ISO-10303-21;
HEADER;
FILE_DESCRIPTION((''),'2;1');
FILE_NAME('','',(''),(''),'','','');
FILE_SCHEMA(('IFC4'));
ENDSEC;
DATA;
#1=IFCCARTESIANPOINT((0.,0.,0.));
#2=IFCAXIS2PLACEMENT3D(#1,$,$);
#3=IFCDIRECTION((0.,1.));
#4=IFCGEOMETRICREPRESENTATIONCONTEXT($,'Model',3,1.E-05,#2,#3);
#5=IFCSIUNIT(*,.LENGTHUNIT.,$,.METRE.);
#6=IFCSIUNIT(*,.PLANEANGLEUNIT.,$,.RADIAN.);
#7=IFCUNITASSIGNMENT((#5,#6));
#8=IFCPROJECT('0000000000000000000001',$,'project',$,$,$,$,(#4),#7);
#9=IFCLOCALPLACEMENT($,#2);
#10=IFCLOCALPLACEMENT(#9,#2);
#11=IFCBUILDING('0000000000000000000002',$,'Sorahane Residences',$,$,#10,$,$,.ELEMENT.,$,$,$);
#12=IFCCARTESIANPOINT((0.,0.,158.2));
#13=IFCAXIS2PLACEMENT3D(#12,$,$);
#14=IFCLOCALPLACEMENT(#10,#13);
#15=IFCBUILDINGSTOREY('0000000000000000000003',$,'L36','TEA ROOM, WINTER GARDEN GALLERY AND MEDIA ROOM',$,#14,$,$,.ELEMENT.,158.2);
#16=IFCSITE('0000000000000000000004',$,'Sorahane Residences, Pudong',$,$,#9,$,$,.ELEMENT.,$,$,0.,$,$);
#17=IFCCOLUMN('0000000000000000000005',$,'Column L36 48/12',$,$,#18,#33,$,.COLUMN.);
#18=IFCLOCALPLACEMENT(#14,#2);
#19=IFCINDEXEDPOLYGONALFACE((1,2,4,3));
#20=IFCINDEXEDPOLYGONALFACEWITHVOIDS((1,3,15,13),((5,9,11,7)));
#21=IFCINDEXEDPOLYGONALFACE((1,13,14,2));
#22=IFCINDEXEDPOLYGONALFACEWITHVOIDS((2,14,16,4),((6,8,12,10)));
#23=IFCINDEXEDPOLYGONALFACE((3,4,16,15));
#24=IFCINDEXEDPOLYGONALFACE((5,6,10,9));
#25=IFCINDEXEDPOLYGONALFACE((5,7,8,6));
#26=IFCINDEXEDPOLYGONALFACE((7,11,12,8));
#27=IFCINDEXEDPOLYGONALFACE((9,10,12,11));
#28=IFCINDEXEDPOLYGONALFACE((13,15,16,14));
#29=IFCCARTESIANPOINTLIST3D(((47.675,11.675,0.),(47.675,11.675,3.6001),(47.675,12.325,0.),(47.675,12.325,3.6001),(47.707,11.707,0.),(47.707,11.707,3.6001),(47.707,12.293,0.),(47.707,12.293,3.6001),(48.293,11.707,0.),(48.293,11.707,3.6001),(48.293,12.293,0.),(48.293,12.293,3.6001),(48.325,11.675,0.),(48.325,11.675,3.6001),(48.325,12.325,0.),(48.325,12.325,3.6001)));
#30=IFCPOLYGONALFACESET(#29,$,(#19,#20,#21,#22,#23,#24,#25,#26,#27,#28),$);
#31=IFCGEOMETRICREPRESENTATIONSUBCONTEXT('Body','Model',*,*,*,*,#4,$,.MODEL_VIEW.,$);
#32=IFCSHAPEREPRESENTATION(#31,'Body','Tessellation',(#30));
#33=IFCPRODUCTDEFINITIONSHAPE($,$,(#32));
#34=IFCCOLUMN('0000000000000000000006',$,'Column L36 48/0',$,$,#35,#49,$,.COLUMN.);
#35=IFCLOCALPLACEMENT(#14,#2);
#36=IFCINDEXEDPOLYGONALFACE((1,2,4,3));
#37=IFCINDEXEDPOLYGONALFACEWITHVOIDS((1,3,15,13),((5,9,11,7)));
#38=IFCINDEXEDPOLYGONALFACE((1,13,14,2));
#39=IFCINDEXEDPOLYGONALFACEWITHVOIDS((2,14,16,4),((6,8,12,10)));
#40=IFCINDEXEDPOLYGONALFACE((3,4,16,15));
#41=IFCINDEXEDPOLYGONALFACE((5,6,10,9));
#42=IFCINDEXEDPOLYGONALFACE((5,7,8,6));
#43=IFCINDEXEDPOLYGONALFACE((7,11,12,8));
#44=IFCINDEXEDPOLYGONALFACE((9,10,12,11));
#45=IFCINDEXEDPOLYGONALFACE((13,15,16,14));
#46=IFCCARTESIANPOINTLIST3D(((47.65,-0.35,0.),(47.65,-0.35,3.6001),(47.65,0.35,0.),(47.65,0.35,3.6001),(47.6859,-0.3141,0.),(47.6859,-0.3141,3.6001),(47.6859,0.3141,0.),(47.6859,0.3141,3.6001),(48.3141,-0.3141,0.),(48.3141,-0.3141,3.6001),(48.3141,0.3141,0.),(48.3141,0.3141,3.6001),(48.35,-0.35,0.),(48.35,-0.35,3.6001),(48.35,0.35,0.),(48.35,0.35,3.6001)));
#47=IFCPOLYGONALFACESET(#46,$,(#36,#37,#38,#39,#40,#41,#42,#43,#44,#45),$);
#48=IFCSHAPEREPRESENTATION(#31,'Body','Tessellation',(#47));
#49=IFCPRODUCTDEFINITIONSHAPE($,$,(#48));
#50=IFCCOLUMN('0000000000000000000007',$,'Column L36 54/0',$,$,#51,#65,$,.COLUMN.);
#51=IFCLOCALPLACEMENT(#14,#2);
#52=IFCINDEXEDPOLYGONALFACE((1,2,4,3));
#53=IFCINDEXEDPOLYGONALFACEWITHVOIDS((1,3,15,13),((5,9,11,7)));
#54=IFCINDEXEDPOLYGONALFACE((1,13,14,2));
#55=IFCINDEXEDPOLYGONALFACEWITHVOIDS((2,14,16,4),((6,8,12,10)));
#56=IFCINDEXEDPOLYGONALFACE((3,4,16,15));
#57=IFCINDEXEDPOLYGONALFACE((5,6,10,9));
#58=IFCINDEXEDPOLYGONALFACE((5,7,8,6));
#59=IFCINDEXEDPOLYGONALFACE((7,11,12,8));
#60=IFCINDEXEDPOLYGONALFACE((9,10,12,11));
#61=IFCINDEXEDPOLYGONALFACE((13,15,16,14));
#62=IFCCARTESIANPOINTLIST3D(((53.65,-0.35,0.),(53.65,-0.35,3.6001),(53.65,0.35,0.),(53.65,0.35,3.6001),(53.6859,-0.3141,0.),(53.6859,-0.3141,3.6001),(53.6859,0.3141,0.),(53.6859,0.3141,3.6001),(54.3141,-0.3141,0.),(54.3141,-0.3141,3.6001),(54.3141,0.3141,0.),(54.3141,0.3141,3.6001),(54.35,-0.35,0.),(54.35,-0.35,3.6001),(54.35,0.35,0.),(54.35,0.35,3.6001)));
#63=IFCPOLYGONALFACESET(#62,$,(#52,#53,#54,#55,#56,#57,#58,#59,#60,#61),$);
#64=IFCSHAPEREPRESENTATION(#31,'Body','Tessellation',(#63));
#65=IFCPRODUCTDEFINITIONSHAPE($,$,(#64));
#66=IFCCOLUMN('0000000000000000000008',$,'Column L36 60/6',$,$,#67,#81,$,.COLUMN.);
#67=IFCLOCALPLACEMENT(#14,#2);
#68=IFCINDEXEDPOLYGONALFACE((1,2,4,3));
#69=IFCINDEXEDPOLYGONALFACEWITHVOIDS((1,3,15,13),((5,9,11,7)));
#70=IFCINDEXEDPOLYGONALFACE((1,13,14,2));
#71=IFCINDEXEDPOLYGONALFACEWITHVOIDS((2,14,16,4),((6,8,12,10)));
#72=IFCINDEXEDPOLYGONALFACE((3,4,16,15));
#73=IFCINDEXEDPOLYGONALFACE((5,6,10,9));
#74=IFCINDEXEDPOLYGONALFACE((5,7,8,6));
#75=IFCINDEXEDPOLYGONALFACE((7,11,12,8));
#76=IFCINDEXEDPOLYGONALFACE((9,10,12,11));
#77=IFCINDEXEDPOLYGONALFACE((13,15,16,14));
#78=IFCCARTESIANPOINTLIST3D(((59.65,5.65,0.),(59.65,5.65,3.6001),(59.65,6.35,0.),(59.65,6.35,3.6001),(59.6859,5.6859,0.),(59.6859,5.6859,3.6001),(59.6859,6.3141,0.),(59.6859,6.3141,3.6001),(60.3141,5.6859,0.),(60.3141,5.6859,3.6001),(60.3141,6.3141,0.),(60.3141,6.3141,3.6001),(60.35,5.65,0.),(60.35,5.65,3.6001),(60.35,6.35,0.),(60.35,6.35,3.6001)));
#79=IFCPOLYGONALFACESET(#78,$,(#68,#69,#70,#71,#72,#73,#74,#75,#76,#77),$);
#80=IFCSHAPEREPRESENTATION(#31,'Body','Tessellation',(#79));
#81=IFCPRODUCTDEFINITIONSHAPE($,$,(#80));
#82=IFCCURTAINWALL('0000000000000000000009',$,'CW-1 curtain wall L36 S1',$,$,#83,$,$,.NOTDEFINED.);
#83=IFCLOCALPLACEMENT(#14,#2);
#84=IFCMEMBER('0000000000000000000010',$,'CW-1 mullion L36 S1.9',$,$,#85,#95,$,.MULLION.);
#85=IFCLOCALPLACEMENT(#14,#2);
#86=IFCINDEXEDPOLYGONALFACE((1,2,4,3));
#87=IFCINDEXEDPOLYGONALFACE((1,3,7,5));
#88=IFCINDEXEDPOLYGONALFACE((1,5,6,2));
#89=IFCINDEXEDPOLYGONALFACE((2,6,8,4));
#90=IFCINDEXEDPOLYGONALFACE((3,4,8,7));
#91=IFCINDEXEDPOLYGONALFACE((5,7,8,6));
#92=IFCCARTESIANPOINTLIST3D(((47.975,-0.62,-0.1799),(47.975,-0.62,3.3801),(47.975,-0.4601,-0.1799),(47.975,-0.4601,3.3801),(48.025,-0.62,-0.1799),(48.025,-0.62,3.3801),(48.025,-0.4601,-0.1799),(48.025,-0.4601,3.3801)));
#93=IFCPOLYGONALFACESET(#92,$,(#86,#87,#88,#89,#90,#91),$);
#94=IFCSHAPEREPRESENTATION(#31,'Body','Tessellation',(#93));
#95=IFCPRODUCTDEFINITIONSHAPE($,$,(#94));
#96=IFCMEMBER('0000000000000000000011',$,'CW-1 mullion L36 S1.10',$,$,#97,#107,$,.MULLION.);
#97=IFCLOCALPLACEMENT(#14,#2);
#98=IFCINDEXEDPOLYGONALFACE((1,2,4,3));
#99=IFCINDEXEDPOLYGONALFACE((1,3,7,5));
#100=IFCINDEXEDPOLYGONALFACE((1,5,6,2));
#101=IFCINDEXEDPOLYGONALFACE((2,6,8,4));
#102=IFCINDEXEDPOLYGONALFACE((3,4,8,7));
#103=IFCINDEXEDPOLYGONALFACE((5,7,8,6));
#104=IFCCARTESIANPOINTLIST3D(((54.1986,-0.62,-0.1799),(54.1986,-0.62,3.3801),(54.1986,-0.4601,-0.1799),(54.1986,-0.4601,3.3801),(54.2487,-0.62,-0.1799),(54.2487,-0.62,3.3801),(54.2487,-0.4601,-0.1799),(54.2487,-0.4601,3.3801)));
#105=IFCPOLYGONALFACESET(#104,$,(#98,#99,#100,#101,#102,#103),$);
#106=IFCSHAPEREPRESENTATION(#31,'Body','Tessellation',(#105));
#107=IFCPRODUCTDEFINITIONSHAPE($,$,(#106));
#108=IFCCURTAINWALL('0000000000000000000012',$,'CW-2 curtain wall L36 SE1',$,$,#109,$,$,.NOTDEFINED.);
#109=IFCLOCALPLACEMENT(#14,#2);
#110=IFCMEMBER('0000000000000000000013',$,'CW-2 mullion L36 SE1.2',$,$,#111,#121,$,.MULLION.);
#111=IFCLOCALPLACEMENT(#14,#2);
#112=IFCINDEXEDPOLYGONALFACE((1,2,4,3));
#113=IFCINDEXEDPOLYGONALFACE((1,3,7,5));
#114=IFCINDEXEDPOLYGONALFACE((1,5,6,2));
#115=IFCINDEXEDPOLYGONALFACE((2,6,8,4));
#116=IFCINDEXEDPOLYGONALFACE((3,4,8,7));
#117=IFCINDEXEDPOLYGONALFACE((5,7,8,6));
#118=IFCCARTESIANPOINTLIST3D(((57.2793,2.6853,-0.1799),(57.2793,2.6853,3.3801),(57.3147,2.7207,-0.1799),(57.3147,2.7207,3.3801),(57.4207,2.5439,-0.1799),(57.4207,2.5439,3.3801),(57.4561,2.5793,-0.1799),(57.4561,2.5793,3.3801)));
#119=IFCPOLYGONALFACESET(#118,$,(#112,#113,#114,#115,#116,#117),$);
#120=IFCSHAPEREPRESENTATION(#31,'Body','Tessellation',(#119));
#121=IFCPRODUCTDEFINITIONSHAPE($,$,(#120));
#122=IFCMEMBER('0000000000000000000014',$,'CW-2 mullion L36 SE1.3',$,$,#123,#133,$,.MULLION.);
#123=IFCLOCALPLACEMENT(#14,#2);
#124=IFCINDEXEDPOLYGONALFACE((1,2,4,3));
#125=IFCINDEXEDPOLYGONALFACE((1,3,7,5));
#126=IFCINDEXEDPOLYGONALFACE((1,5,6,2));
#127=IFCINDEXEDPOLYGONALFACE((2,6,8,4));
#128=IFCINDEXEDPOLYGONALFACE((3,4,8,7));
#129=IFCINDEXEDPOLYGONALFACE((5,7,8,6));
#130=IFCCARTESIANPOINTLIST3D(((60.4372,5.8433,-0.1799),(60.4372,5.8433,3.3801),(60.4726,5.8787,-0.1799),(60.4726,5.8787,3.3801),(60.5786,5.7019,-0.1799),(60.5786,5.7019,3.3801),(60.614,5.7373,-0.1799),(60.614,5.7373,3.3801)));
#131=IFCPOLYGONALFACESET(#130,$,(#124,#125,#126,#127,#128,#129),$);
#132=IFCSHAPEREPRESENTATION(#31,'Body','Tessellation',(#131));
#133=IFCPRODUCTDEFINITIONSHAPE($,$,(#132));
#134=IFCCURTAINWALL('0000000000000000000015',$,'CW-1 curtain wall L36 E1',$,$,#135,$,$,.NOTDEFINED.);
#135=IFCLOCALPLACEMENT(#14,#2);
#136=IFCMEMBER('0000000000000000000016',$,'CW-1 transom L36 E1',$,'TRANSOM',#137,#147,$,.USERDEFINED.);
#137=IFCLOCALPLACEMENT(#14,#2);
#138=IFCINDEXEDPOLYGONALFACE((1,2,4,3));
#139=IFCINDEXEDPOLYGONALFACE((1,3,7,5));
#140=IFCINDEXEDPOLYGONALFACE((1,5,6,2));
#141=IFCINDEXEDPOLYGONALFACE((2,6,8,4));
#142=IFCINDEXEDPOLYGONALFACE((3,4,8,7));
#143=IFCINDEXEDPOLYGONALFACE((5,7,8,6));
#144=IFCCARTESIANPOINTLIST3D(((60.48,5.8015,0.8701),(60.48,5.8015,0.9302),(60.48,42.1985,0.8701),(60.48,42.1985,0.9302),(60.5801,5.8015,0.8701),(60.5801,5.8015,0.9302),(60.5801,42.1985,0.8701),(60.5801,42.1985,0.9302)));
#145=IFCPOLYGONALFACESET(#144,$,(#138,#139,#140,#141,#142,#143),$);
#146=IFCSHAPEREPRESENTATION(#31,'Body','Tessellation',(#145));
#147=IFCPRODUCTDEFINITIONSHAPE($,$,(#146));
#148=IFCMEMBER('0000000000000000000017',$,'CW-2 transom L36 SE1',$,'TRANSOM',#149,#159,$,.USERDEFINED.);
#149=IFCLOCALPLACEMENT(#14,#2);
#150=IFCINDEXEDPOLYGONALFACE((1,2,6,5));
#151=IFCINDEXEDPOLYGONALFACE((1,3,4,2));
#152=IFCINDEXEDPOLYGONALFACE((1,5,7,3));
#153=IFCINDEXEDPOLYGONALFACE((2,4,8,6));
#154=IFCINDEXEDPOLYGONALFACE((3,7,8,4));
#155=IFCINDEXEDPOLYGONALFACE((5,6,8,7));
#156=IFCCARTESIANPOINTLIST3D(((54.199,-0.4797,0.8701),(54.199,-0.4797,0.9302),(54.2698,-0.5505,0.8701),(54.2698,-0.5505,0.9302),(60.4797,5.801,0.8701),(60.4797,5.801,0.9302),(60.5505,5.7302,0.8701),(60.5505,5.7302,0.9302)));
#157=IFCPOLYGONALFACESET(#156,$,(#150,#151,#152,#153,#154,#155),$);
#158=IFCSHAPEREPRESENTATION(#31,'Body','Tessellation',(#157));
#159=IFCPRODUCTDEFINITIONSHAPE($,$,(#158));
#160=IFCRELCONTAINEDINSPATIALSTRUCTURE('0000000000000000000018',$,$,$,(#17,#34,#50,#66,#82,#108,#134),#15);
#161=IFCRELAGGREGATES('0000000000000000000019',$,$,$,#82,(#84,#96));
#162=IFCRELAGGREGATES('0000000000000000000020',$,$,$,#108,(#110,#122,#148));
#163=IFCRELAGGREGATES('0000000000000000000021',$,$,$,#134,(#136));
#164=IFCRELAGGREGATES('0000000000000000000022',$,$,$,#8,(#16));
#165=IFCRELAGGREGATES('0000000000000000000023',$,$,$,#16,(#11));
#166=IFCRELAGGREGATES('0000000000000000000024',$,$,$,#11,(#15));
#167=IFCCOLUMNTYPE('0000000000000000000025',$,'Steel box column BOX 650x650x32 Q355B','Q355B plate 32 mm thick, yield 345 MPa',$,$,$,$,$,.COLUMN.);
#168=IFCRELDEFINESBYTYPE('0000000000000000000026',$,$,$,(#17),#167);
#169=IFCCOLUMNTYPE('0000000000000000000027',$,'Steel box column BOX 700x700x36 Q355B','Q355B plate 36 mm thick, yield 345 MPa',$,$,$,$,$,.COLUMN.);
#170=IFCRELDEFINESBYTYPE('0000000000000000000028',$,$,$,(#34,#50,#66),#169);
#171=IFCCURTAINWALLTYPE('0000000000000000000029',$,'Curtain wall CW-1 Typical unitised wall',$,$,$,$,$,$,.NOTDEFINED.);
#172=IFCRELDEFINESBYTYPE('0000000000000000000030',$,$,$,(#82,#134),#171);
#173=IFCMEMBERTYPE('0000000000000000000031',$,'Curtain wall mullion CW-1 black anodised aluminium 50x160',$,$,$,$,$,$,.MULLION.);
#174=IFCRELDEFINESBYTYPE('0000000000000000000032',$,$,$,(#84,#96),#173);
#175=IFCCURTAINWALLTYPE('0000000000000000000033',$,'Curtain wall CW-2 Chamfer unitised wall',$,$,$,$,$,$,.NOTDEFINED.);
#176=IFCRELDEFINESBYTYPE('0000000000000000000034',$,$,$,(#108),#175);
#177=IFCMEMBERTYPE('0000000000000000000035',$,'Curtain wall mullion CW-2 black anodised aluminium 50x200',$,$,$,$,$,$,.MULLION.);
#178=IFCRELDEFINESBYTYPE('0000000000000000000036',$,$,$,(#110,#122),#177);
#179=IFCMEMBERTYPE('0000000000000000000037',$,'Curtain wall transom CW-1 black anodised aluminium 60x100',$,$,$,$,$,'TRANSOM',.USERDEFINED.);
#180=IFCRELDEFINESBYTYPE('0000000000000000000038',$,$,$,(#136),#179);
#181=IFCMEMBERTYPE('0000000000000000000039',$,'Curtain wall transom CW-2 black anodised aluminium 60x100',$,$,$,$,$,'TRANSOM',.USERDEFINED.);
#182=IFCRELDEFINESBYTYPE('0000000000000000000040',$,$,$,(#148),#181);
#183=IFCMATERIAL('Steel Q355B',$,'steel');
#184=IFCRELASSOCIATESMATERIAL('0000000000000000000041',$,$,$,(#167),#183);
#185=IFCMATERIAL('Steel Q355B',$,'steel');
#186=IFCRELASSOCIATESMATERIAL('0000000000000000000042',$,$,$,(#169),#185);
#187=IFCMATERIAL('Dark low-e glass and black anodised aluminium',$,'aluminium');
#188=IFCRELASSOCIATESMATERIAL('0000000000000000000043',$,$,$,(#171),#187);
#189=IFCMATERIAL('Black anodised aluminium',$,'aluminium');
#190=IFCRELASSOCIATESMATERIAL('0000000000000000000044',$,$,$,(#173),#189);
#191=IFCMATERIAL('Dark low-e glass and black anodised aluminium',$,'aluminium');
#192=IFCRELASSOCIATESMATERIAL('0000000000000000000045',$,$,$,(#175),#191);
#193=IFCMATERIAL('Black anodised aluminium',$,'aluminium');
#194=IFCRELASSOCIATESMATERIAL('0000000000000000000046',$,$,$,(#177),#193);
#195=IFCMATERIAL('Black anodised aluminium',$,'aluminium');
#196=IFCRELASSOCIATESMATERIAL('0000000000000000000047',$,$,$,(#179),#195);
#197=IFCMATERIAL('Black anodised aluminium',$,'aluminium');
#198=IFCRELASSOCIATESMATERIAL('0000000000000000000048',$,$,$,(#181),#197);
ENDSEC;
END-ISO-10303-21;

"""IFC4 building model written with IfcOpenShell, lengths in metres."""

from ifc_helpers import new_model, si_unit, direction, frame, origin, origin_2d, place, context, subcontext, project, spatial, rectangle, hollow_rectangle, extrude, material, material_profile, profile_set, type_object, element, aggregate, save


model = new_model("IFC4")

# Units and contexts
model_context = context("Model", 3, precision=1e-05, world=origin(), true_north=direction((0.0, 1.0)))
body_context = subcontext(model_context, "Body", "Model", "MODEL_VIEW")
ifc_project = project(units=[si_unit("LENGTHUNIT", "METRE"), si_unit("PLANEANGLEUNIT", "RADIAN")], contexts=[model_context])

# Site, building, storey
site_placement = place(None, origin())
site = spatial("IfcSite", under=ifc_project, at=site_placement, Name="Sorahane Residences, Pudong", CompositionType="ELEMENT", RefElevation=0.0)
building_placement = place(site_placement, origin())
building = spatial("IfcBuilding", under=site, at=building_placement, Name="Sorahane Residences", CompositionType="ELEMENT")
storey_placement = place(building_placement, frame((0.0, 0.0, 158.2)))
storey = spatial("IfcBuildingStorey", under=building, at=storey_placement, Name="L36", Description="TEA ROOM, WINTER GARDEN GALLERY AND MEDIA ROOM", CompositionType="ELEMENT", Elevation=158.2)

# Columns
ifc_material_1 = material(Name="Steel Q355B", Category="steel")
ifc_material_profile_1 = material_profile(ifc_material_1, hollow_rectangle(XDim=0.6499, YDim=0.6499, WallThickness=0.032, at=origin_2d()), Name="BOX 650x650x32")
ifc_profile_set_1 = profile_set([ifc_material_profile_1], Name="Steel Q355B")
column_type_1 = type_object("IfcColumnType", Name="Steel box column BOX 650x650x32 Q355B", Description="Q355B plate 32 mm thick, yield 345 MPa", PredefinedType="COLUMN", material=ifc_profile_set_1)
column_placement = place(storey_placement, frame((48.0, 12.0, 0.0), z_axis=(0.0, 0.0, 1.0), x_axis=(1.0, 0.0, 0.0)))
element("IfcColumn", 1, at=column_placement, inside=storey, type_object=column_type_1, Name="Column L36 48/12", PredefinedType="COLUMN", context=body_context, shape_type="SweptSolid", body=[
    extrude(hollow_rectangle(XDim=0.6499, YDim=0.6499, WallThickness=0.032, at=origin_2d()), origin(), (0.0, 0.0, 1.0), 3.6001),
])
ifc_material_2 = material(Name="Steel Q355B", Category="steel")
ifc_material_profile_2 = material_profile(ifc_material_2, hollow_rectangle(XDim=0.7, YDim=0.7, WallThickness=0.0359, at=origin_2d()), Name="BOX 700x700x36")
ifc_profile_set_2 = profile_set([ifc_material_profile_2], Name="Steel Q355B")
column_type_2 = type_object("IfcColumnType", Name="Steel box column BOX 700x700x36 Q355B", Description="Q355B plate 36 mm thick, yield 345 MPa", PredefinedType="COLUMN", material=ifc_profile_set_2)
for number, where, z_axis, x_axis, name in (
    (2, (48.0, 0.0, 0.0), (0.0, 0.0, 1.0), (1.0, 0.0, 0.0), "Column L36 48/0"),
    (3, (54.0, 0.0, 0.0), (0.0, 0.0, 1.0), (1.0, 0.0, 0.0), "Column L36 54/0"),
    (4, (60.0, 6.0, 0.0), (0.0, 0.0, 1.0), (1.0, 0.0, 0.0), "Column L36 60/6"),
):
    element("IfcColumn", number, at=place(storey_placement, frame(where, z_axis=z_axis, x_axis=x_axis)), inside=storey, type_object=column_type_2, Name=name, PredefinedType="COLUMN", context=body_context, shape_type="SweptSolid", body=[
        extrude(hollow_rectangle(XDim=0.7, YDim=0.7, WallThickness=0.0359, at=origin_2d()), origin(), (0.0, 0.0, 1.0), 3.6001),
    ])

# Curtain walls, members
ifc_material_3 = material(Name="Dark low-e glass and black anodised aluminium", Category="aluminium")
curtain_wall_type_1 = type_object("IfcCurtainWallType", Name="Curtain wall CW-1 Typical unitised wall", PredefinedType="NOTDEFINED", material=ifc_material_3)
curtain_wall_1_placement = place(storey_placement, origin())
curtain_wall_1 = element("IfcCurtainWall", 5, at=curtain_wall_1_placement, inside=storey, type_object=curtain_wall_type_1, Name="CW-1 curtain wall L36 S1", PredefinedType="NOTDEFINED")
ifc_material_4 = material(Name="Black anodised aluminium", Category="aluminium")
ifc_material_profile_3 = material_profile(ifc_material_4, rectangle(XDim=0.1599, YDim=0.05, at=origin_2d()), Name="Curtain wall mullion CW-1 black anodised aluminium 50x160")
ifc_profile_set_3 = profile_set([ifc_material_profile_3], Name="Black anodised aluminium")
member_type_1 = type_object("IfcMemberType", Name="Curtain wall mullion CW-1 black anodised aluminium 50x160", PredefinedType="MULLION", material=ifc_profile_set_3)
member_1_placement = place(storey_placement, frame((48.0, -0.54, -0.1799), z_axis=(0.0, 0.0, 1.0), x_axis=(0.0, -1.0, 0.0)))
member_1 = element("IfcMember", 6, at=member_1_placement, type_object=member_type_1, Name="CW-1 mullion L36 S1.9", PredefinedType="MULLION", context=body_context, shape_type="SweptSolid", body=[
    extrude(rectangle(XDim=0.1599, YDim=0.05, at=origin_2d()), origin(), (0.0, 0.0, 1.0), 3.5601),
])
member_2_placement = place(storey_placement, frame((54.2236, -0.54, -0.1799), z_axis=(0.0, 0.0, 1.0), x_axis=(0.0, -1.0, 0.0)))
member_2 = element("IfcMember", 7, at=member_2_placement, type_object=member_type_1, Name="CW-1 mullion L36 S1.10", PredefinedType="MULLION", context=body_context, shape_type="SweptSolid", body=[
    extrude(rectangle(XDim=0.1599, YDim=0.05, at=origin_2d()), origin(), (0.0, 0.0, 1.0), 3.5601),
])
ifc_material_5 = material(Name="Dark low-e glass and black anodised aluminium", Category="aluminium")
curtain_wall_type_2 = type_object("IfcCurtainWallType", Name="Curtain wall CW-2 Chamfer unitised wall", PredefinedType="NOTDEFINED", material=ifc_material_5)
curtain_wall_2_placement = place(storey_placement, origin())
curtain_wall_2 = element("IfcCurtainWall", 8, at=curtain_wall_2_placement, inside=storey, type_object=curtain_wall_type_2, Name="CW-2 curtain wall L36 SE1", PredefinedType="NOTDEFINED")
ifc_material_6 = material(Name="Black anodised aluminium", Category="aluminium")
ifc_material_profile_4 = material_profile(ifc_material_6, rectangle(XDim=0.2, YDim=0.05, at=origin_2d()), Name="Curtain wall mullion CW-2 black anodised aluminium 50x200")
ifc_profile_set_4 = profile_set([ifc_material_profile_4], Name="Black anodised aluminium")
member_type_2 = type_object("IfcMemberType", Name="Curtain wall mullion CW-2 black anodised aluminium 50x200", PredefinedType="MULLION", material=ifc_profile_set_4)
member_3_placement = place(storey_placement, frame((57.3677, 2.6323, -0.1799), z_axis=(0.0, 0.0, 1.0), x_axis=(0.707107, -0.707107, 0.0)))
member_3 = element("IfcMember", 9, at=member_3_placement, type_object=member_type_2, Name="CW-2 mullion L36 SE1.2", PredefinedType="MULLION", context=body_context, shape_type="SweptSolid", body=[
    extrude(rectangle(XDim=0.2, YDim=0.05, at=origin_2d()), origin(), (0.0, 0.0, 1.0), 3.5601),
])
member_4_placement = place(storey_placement, frame((60.5256, 5.7903, -0.1799), z_axis=(0.0, 0.0, 1.0), x_axis=(0.707107, -0.707107, 0.0)))
member_4 = element("IfcMember", 10, at=member_4_placement, type_object=member_type_2, Name="CW-2 mullion L36 SE1.3", PredefinedType="MULLION", context=body_context, shape_type="SweptSolid", body=[
    extrude(rectangle(XDim=0.2, YDim=0.05, at=origin_2d()), origin(), (0.0, 0.0, 1.0), 3.5601),
])

# Curtain wall, member
curtain_wall_3_placement = place(storey_placement, origin())
curtain_wall_3 = element("IfcCurtainWall", 11, at=curtain_wall_3_placement, inside=storey, type_object=curtain_wall_type_1, Name="CW-1 curtain wall L36 E1", PredefinedType="NOTDEFINED")
ifc_material_7 = material(Name="Black anodised aluminium", Category="aluminium")
ifc_material_profile_5 = material_profile(ifc_material_7, rectangle(XDim=0.1001, YDim=0.0601, at=origin_2d()), Name="Curtain wall transom CW-1 black anodised aluminium 60x100")
ifc_profile_set_5 = profile_set([ifc_material_profile_5], Name="Black anodised aluminium")
member_type_3 = type_object("IfcMemberType", Name="Curtain wall transom CW-1 black anodised aluminium 60x100", ElementType="TRANSOM", PredefinedType="USERDEFINED", material=ifc_profile_set_5)
member_5_placement = place(storey_placement, frame((60.53, 5.8015, 0.9001), z_axis=(0.0, 1.0, 0.0), x_axis=(-1.0, 0.0, 0.0)))
member_5 = element("IfcMember", 12, at=member_5_placement, type_object=member_type_3, Name="CW-1 transom L36 E1", ObjectType="TRANSOM", PredefinedType="USERDEFINED", context=body_context, shape_type="SweptSolid", body=[
    extrude(rectangle(XDim=0.1001, YDim=0.0601, at=origin_2d()), origin(), (0.0, 0.0, 1.0), 36.397),
])

# Member
ifc_material_8 = material(Name="Black anodised aluminium", Category="aluminium")
ifc_material_profile_6 = material_profile(ifc_material_8, rectangle(XDim=0.1001, YDim=0.0601, at=origin_2d()), Name="Curtain wall transom CW-2 black anodised aluminium 60x100")
ifc_profile_set_6 = profile_set([ifc_material_profile_6], Name="Black anodised aluminium")
member_type_4 = type_object("IfcMemberType", Name="Curtain wall transom CW-2 black anodised aluminium 60x100", ElementType="TRANSOM", PredefinedType="USERDEFINED", material=ifc_profile_set_6)
member_6_placement = place(storey_placement, frame((54.2344, -0.5151, 0.9001), z_axis=(0.707107, 0.707107, 0.0), x_axis=(-0.707107, 0.707107, 0.0)))
member_6 = element("IfcMember", 13, at=member_6_placement, type_object=member_type_4, Name="CW-2 transom L36 SE1", ObjectType="TRANSOM", PredefinedType="USERDEFINED", context=body_context, shape_type="SweptSolid", body=[
    extrude(rectangle(XDim=0.1001, YDim=0.0601, at=origin_2d()), origin(), (0.0, 0.0, 1.0), 8.8823),
])

aggregate(curtain_wall_1, [member_1, member_2])
aggregate(curtain_wall_2, [member_3, member_4, member_6])
aggregate(curtain_wall_3, [member_5])

save(model, "model.ifc")
